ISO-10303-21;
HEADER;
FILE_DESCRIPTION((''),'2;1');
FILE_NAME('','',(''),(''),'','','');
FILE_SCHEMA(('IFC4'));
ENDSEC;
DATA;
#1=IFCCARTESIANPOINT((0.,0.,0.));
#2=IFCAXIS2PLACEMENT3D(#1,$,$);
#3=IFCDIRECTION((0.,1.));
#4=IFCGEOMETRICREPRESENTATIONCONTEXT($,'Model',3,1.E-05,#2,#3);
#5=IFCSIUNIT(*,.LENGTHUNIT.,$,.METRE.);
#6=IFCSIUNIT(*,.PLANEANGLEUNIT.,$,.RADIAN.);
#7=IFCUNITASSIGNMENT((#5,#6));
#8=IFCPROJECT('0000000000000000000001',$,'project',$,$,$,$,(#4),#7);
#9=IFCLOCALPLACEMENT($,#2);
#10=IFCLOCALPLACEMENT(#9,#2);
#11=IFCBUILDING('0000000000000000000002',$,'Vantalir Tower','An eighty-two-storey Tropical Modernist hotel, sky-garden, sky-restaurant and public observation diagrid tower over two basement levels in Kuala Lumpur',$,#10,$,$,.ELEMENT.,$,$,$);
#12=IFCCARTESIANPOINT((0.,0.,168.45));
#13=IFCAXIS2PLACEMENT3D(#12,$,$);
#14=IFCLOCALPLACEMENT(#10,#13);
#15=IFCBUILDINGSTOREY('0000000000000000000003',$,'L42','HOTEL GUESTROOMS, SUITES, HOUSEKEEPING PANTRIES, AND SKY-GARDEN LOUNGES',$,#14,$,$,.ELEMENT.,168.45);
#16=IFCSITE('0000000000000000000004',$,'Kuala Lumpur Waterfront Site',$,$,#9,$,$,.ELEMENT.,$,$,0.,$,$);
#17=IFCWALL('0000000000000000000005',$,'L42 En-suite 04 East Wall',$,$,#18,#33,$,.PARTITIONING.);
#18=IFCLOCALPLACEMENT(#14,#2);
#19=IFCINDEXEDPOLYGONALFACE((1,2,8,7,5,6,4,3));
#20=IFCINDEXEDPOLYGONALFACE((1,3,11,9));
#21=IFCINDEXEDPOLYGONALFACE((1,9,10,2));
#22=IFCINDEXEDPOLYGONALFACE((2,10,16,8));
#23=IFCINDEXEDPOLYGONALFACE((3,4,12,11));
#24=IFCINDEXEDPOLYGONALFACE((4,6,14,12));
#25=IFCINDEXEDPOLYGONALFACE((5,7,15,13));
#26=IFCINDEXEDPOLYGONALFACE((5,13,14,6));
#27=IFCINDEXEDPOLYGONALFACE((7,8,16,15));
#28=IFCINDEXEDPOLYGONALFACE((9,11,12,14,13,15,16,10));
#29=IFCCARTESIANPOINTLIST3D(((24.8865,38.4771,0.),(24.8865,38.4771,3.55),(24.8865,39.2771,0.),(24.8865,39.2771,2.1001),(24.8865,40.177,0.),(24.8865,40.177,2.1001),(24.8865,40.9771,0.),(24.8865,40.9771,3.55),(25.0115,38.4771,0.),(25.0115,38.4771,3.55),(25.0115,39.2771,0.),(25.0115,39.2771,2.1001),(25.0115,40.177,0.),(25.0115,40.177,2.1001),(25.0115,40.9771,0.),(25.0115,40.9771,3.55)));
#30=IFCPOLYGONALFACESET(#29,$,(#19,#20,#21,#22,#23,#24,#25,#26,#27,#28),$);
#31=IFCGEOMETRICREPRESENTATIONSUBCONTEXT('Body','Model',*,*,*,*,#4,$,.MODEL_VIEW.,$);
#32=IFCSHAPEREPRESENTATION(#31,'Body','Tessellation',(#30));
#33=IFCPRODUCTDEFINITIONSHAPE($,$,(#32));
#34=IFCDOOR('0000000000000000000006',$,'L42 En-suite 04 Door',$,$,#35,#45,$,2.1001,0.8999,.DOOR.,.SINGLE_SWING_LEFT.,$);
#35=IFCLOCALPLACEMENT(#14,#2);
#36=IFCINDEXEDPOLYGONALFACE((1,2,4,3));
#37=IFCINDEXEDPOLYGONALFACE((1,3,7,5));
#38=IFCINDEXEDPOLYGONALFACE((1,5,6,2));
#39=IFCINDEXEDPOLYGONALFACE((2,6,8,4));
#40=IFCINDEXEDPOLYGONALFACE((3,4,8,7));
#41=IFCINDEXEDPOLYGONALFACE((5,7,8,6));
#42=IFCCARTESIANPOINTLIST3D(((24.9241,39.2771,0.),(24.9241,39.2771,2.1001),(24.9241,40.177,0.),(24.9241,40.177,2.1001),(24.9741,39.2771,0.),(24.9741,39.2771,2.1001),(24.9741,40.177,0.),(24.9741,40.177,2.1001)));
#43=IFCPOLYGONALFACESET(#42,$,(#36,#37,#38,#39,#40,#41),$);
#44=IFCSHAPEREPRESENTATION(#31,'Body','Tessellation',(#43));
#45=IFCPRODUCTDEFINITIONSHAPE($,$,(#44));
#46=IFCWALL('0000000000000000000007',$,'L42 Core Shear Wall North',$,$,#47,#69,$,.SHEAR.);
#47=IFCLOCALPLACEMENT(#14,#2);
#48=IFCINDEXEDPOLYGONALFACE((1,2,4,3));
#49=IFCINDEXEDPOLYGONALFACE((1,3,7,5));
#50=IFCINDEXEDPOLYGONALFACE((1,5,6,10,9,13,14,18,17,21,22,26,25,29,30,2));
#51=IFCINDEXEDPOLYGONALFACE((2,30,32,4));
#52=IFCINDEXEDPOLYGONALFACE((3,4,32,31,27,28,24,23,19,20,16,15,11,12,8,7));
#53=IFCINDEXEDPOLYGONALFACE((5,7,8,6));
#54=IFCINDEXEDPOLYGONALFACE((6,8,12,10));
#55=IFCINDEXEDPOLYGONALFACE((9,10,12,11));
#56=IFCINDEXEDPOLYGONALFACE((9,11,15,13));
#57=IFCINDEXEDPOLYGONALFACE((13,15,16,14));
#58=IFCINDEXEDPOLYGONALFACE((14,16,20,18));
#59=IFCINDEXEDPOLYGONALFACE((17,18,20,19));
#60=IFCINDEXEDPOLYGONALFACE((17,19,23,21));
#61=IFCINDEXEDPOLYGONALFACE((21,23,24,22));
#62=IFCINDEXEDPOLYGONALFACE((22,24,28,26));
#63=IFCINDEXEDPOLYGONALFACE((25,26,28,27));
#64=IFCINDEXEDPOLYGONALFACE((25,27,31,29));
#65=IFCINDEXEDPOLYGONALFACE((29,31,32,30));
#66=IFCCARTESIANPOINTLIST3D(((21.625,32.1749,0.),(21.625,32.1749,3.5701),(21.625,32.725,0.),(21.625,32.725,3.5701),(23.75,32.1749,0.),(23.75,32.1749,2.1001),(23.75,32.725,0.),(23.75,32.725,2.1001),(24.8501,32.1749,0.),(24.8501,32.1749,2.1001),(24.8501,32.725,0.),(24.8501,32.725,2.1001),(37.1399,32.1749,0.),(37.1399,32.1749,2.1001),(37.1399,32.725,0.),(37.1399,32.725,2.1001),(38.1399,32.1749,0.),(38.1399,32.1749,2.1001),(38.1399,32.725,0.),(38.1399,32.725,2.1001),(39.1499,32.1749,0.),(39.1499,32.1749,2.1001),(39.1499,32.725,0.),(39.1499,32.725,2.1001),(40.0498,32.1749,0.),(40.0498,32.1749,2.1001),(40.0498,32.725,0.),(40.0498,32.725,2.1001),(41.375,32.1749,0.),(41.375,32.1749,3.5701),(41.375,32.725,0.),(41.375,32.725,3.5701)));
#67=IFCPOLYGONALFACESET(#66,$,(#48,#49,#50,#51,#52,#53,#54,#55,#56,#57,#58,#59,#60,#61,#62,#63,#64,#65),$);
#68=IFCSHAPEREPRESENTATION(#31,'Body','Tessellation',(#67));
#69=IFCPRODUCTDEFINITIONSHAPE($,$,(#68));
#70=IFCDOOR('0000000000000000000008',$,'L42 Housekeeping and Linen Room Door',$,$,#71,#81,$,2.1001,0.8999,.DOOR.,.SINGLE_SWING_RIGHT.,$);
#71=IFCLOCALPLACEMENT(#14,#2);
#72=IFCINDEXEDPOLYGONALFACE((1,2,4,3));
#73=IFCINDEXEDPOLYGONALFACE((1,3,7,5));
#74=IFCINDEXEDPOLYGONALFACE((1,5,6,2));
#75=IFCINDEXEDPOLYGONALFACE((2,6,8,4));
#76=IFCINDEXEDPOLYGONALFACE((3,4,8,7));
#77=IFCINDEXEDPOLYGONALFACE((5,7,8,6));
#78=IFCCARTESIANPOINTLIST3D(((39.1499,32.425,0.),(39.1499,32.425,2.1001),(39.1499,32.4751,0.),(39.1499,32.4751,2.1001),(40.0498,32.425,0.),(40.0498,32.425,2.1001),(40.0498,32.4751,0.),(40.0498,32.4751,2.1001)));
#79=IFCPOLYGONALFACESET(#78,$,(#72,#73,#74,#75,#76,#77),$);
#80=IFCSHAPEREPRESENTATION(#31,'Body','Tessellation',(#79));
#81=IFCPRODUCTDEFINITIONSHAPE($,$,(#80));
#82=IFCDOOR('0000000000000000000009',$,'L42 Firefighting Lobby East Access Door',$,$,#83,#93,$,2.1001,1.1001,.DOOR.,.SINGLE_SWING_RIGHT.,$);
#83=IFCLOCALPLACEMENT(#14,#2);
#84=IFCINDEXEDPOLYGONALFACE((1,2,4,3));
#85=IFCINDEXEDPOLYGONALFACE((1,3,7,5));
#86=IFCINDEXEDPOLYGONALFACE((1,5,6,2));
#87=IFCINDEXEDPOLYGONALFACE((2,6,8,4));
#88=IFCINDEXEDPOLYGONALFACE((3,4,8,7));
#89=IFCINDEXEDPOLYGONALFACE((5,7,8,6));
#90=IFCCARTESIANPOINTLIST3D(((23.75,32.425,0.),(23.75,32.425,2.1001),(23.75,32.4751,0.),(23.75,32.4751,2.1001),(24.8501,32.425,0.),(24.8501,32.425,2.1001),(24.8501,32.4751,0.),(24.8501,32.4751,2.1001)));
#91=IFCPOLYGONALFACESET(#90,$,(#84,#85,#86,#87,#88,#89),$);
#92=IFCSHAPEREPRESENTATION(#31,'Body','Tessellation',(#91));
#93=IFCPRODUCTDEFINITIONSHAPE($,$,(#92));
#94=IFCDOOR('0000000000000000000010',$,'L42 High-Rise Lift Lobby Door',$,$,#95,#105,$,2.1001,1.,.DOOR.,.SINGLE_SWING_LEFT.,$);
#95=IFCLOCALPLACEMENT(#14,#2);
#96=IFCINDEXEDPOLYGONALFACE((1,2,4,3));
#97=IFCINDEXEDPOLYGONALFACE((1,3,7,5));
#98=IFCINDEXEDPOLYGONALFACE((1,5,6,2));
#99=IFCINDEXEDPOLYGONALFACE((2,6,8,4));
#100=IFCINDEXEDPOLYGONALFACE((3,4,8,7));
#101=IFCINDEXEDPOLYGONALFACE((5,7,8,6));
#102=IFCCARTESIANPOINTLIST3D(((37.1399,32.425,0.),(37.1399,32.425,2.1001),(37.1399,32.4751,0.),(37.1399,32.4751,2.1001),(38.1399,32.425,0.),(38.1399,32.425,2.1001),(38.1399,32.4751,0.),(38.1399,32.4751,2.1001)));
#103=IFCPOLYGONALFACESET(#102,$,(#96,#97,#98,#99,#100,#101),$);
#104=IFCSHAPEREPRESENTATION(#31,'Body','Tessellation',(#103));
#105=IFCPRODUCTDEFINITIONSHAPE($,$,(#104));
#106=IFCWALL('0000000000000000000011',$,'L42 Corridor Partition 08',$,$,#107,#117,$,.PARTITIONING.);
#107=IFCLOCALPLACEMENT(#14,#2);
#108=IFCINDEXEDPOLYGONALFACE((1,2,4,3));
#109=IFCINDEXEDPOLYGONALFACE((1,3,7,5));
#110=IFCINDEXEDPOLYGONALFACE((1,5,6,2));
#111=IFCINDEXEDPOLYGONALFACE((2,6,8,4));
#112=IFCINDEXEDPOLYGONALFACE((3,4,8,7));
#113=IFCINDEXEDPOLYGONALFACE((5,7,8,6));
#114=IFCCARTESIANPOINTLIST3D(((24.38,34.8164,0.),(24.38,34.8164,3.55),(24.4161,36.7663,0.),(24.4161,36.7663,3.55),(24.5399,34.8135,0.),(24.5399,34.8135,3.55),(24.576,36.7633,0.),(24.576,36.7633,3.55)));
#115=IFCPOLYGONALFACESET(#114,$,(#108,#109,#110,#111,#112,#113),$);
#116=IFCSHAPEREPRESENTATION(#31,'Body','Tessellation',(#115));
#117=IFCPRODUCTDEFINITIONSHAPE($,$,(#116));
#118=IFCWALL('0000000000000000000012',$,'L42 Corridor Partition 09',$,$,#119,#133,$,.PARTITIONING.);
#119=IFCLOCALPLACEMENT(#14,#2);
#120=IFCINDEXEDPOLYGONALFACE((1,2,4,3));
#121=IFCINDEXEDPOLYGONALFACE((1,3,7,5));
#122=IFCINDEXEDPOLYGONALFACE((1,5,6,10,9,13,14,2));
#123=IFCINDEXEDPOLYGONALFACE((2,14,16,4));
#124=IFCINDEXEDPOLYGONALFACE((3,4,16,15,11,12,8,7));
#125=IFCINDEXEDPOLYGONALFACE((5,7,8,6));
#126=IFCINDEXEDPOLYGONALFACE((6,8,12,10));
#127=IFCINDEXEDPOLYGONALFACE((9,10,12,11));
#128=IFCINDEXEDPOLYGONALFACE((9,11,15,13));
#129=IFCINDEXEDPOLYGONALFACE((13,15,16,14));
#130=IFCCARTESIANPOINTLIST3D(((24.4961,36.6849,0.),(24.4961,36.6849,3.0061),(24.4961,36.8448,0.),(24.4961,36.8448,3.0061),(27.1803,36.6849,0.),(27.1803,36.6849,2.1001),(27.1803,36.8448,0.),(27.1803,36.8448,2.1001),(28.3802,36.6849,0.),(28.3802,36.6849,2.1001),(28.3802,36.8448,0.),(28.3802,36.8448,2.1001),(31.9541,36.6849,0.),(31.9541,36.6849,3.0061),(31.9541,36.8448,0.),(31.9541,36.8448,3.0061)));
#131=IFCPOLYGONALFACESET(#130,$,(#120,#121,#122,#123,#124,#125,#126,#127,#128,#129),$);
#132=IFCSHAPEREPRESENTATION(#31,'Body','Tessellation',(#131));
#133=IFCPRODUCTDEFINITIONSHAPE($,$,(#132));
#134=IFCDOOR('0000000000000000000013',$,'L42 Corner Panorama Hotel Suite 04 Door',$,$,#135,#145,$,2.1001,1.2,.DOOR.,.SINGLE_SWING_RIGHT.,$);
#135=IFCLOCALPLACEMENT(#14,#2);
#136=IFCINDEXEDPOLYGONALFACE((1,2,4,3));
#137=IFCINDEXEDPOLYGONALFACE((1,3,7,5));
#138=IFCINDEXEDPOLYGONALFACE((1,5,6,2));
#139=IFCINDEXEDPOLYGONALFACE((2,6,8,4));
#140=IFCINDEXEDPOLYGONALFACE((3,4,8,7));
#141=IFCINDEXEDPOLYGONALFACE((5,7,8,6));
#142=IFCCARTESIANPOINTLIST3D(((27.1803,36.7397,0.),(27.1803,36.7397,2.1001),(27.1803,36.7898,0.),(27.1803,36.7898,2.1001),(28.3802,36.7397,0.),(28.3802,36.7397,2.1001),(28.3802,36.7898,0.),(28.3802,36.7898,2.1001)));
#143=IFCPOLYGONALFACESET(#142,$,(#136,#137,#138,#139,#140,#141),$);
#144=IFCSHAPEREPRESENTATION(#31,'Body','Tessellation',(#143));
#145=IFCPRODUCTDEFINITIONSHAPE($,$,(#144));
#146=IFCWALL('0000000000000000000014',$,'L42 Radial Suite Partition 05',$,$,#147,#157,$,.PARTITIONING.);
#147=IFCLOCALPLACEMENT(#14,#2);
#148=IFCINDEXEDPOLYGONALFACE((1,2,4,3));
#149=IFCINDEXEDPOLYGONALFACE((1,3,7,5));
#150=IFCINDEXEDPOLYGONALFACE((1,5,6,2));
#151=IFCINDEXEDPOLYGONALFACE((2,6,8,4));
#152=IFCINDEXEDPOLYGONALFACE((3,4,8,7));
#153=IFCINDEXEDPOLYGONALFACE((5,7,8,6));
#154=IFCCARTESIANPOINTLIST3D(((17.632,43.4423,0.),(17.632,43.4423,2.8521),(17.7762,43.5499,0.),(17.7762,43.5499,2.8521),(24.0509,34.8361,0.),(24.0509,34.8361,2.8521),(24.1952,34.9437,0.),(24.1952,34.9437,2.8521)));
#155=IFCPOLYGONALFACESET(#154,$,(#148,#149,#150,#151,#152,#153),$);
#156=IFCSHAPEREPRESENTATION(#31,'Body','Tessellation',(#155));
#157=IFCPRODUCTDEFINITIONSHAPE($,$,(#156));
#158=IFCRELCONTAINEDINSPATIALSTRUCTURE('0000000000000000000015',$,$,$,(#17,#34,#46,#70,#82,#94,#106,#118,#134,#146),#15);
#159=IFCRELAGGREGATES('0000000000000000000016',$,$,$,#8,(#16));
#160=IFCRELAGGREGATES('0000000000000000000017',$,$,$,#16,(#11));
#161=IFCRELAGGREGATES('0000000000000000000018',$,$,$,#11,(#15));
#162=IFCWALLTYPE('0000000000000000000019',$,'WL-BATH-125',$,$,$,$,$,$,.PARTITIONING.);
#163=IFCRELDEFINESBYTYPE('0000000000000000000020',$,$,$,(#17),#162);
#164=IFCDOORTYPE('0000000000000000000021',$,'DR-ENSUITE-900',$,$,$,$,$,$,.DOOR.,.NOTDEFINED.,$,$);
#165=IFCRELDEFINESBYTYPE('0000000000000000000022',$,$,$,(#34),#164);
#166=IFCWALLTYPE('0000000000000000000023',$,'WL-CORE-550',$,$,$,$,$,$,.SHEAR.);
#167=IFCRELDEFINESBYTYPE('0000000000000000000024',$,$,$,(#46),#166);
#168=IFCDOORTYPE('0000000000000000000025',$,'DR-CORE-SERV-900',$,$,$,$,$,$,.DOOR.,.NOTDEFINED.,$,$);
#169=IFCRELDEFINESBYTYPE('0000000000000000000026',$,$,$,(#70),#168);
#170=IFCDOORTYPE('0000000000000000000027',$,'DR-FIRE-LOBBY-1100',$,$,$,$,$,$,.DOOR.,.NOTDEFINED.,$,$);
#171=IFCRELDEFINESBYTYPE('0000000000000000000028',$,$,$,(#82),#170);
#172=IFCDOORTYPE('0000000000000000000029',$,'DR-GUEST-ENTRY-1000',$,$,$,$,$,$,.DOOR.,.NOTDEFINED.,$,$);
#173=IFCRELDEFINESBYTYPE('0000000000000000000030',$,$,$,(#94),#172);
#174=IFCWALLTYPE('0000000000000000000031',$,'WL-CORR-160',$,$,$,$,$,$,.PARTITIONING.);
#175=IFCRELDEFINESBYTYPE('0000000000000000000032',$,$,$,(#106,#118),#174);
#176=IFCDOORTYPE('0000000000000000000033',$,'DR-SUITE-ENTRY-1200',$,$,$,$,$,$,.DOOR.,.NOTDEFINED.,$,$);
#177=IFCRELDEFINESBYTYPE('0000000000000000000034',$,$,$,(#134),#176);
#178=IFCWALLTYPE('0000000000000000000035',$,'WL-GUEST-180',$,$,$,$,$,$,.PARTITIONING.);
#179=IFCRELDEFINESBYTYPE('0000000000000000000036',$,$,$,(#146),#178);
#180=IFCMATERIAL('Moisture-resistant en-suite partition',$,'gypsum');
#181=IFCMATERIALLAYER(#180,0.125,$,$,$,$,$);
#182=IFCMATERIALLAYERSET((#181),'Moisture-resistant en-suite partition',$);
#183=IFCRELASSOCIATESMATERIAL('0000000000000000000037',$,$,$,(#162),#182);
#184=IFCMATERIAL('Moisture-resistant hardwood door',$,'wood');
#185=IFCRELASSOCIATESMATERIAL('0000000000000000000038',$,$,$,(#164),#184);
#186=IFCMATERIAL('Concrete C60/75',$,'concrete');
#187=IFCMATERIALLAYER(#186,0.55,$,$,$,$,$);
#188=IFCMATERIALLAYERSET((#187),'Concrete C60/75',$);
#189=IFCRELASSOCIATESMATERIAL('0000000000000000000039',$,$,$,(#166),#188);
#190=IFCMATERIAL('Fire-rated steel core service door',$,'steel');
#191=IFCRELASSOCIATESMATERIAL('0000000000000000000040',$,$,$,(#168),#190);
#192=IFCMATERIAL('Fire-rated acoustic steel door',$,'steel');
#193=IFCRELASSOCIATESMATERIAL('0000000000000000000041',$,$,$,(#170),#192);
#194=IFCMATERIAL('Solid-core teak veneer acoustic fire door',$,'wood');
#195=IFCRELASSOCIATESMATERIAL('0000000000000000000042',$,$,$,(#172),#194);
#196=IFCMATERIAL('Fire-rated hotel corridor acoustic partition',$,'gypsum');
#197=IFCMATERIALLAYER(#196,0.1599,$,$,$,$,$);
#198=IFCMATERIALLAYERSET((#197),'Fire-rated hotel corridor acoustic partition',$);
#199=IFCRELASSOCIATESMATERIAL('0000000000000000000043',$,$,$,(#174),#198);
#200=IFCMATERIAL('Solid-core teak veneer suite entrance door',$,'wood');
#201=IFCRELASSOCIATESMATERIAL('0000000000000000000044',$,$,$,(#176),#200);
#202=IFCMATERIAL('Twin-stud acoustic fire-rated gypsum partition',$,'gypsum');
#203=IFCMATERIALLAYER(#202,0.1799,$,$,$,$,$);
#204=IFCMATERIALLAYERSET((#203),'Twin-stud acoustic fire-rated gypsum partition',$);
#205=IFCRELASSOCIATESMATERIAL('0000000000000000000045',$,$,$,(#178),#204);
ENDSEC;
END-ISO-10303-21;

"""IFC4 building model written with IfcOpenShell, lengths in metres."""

from ifc_helpers import new_model, si_unit, direction, frame, frame_2d, origin, place, context, subcontext, project, spatial, rectangle, extrude, material, layer, layer_set, type_object, element, fill, save


model = new_model("IFC4")

# Units and contexts
model_context = context("Model", 3, precision=1e-05, world=origin(), true_north=direction((0.0, 1.0)))
body_context = subcontext(model_context, "Body", "Model", "MODEL_VIEW")
ifc_project = project(units=[si_unit("LENGTHUNIT", "METRE"), si_unit("PLANEANGLEUNIT", "RADIAN")], contexts=[model_context])

# Site, building, storey
site_placement = place(None, origin())
site = spatial("IfcSite", under=ifc_project, at=site_placement, Name="Kuala Lumpur Waterfront Site", CompositionType="ELEMENT", RefElevation=0.0)
building_placement = place(site_placement, origin())
building = spatial("IfcBuilding", under=site, at=building_placement, Name="Vantalir Tower", Description="An eighty-two-storey Tropical Modernist hotel, sky-garden, sky-restaurant and public observation diagrid tower over two basement levels in Kuala Lumpur", CompositionType="ELEMENT")
storey_placement = place(building_placement, frame((0.0, 0.0, 168.45)))
storey = spatial("IfcBuildingStorey", under=building, at=storey_placement, Name="L42", Description="HOTEL GUESTROOMS, SUITES, HOUSEKEEPING PANTRIES, AND SKY-GARDEN LOUNGES", CompositionType="ELEMENT", Elevation=168.45)

# Shared definitions
ifc_material_1 = material(Name="Concrete C60/75", Category="concrete")

# Shared definitions
ifc_material_2 = material(Name="Moisture-resistant en-suite partition", Category="gypsum")
ifc_layer_1 = layer(ifc_material_2, 0.125)
ifc_layer_set_1 = layer_set([ifc_layer_1], Name="Moisture-resistant en-suite partition")
wall_type_1 = type_object("IfcWallType", Name="WL-BATH-125", PredefinedType="PARTITIONING", material=ifc_layer_set_1)

# Wall, opening, door
wall_1_placement = place(storey_placement, frame((24.949, 38.4771, 0.0), z_axis=(0.0, 0.0, 1.0), x_axis=(0.0, 1.0, 0.0)))
wall_1 = element("IfcWall", 1, at=wall_1_placement, inside=storey, type_object=wall_type_1, Name="L42 En-suite 04 East Wall", PredefinedType="PARTITIONING", context=body_context, shape_type="SweptSolid", body=[
    extrude(rectangle(XDim=2.5, YDim=0.125, at=frame_2d((1.25, 0.0))), origin(), (0.0, 0.0, 1.0), 3.55),
])
opening_1_placement = place(wall_1_placement, frame((0.8, 0.0, 0.0)))
opening_1 = element("IfcOpeningElement", 2, at=opening_1_placement, cuts=wall_1, PredefinedType="OPENING", context=body_context, shape_type="SweptSolid", body=[
    extrude(rectangle(XDim=0.8999, YDim=2.1001, at=frame_2d((0.45, 1.05))), frame((0.0, 0.0725, 0.0), z_axis=(0.0, -1.0, 0.0), x_axis=(1.0, 0.0, 0.0)), (0.0, 0.0, 1.0), 0.145),
])
ifc_material_3 = material(Name="Moisture-resistant hardwood door", Category="wood")
door_type_1 = type_object("IfcDoorType", Name="DR-ENSUITE-900", OperationType="NOTDEFINED", PredefinedType="DOOR", material=ifc_material_3)
door_1_placement = place(opening_1_placement, origin())
door_1 = element("IfcDoor", 3, at=door_1_placement, inside=storey, type_object=door_type_1, Name="L42 En-suite 04 Door", OperationType="SINGLE_SWING_LEFT", OverallHeight=2.1001, OverallWidth=0.8999, PredefinedType="DOOR", context=body_context, shape_type="SweptSolid", body=[
    extrude(rectangle(XDim=0.8999, YDim=2.1001, at=frame_2d((0.45, 1.05))), frame((0.0, 0.0249, 0.0), z_axis=(0.0, -1.0, 0.0), x_axis=(1.0, 0.0, 0.0)), (0.0, 0.0, 1.0), 0.05),
])
fill(opening_1, door_1)

# Wall, openings, doors
ifc_layer_2 = layer(ifc_material_1, 0.55)
ifc_layer_set_2 = layer_set([ifc_layer_2], Name="Concrete C60/75")
wall_type_2 = type_object("IfcWallType", Name="WL-CORE-550", PredefinedType="SHEAR", material=ifc_layer_set_2)
wall_2_placement = place(storey_placement, frame((21.625, 32.45, 0.0), z_axis=(0.0, 0.0, 1.0), x_axis=(1.0, 0.0, 0.0)))
wall_2 = element("IfcWall", 4, at=wall_2_placement, inside=storey, type_object=wall_type_2, Name="L42 Core Shear Wall North", PredefinedType="SHEAR", context=body_context, shape_type="SweptSolid", body=[
    extrude(rectangle(XDim=19.75, YDim=0.55, at=frame_2d((9.875, 0.0))), origin(), (0.0, 0.0, 1.0), 3.5701),
])
opening_2_placement = place(wall_2_placement, frame((2.125, 0.0, 0.0)))
opening_2 = element("IfcOpeningElement", 5, at=opening_2_placement, cuts=wall_2, PredefinedType="OPENING", context=body_context, shape_type="SweptSolid", body=[
    extrude(rectangle(XDim=1.1001, YDim=2.1001, at=frame_2d((0.55, 1.05))), frame((0.0, 0.2849, 0.0), z_axis=(0.0, -1.0, 0.0), x_axis=(1.0, 0.0, 0.0)), (0.0, 0.0, 1.0), 0.5701),
])
opening_3_placement = place(wall_2_placement, frame((15.5149, 0.0, 0.0)))
opening_3 = element("IfcOpeningElement", 6, at=opening_3_placement, cuts=wall_2, PredefinedType="OPENING", context=body_context, shape_type="SweptSolid", body=[
    extrude(rectangle(XDim=1.0, YDim=2.1001, at=frame_2d((0.5, 1.05))), frame((0.0, 0.2849, 0.0), z_axis=(0.0, -1.0, 0.0), x_axis=(1.0, 0.0, 0.0)), (0.0, 0.0, 1.0), 0.5701),
])
opening_4_placement = place(wall_2_placement, frame((17.5249, 0.0, 0.0)))
opening_4 = element("IfcOpeningElement", 7, at=opening_4_placement, cuts=wall_2, PredefinedType="OPENING", context=body_context, shape_type="SweptSolid", body=[
    extrude(rectangle(XDim=0.8999, YDim=2.1001, at=frame_2d((0.45, 1.05))), frame((0.0, 0.2849, 0.0), z_axis=(0.0, -1.0, 0.0), x_axis=(1.0, 0.0, 0.0)), (0.0, 0.0, 1.0), 0.5701),
])
ifc_material_4 = material(Name="Fire-rated steel core service door", Category="steel")
door_type_2 = type_object("IfcDoorType", Name="DR-CORE-SERV-900", OperationType="NOTDEFINED", PredefinedType="DOOR", material=ifc_material_4)
door_2_placement = place(opening_4_placement, frame((0.8999, 0.0, 0.0), z_axis=(0.0, 0.0, 1.0), x_axis=(-1.0, 0.0, 0.0)))
door_2 = element("IfcDoor", 8, at=door_2_placement, inside=storey, type_object=door_type_2, Name="L42 Housekeeping and Linen Room Door", OperationType="SINGLE_SWING_RIGHT", OverallHeight=2.1001, OverallWidth=0.8999, PredefinedType="DOOR", context=body_context, shape_type="SweptSolid", body=[
    extrude(rectangle(XDim=0.8999, YDim=2.1001, at=frame_2d((0.45, 1.05))), frame((0.0, 0.0249, 0.0), z_axis=(0.0, -1.0, 0.0), x_axis=(1.0, 0.0, 0.0)), (0.0, 0.0, 1.0), 0.05),
])
fill(opening_4, door_2)
ifc_material_5 = material(Name="Fire-rated acoustic steel door", Category="steel")
door_type_3 = type_object("IfcDoorType", Name="DR-FIRE-LOBBY-1100", OperationType="NOTDEFINED", PredefinedType="DOOR", material=ifc_material_5)
door_3_placement = place(opening_2_placement, frame((1.1001, 0.0, 0.0), z_axis=(0.0, 0.0, 1.0), x_axis=(-1.0, 0.0, 0.0)))
door_3 = element("IfcDoor", 9, at=door_3_placement, inside=storey, type_object=door_type_3, Name="L42 Firefighting Lobby East Access Door", OperationType="SINGLE_SWING_RIGHT", OverallHeight=2.1001, OverallWidth=1.1001, PredefinedType="DOOR", context=body_context, shape_type="SweptSolid", body=[
    extrude(rectangle(XDim=1.1001, YDim=2.1001, at=frame_2d((0.55, 1.05))), frame((0.0, 0.0249, 0.0), z_axis=(0.0, -1.0, 0.0), x_axis=(1.0, 0.0, 0.0)), (0.0, 0.0, 1.0), 0.05),
])
fill(opening_2, door_3)
ifc_material_6 = material(Name="Solid-core teak veneer acoustic fire door", Category="wood")
door_type_4 = type_object("IfcDoorType", Name="DR-GUEST-ENTRY-1000", OperationType="NOTDEFINED", PredefinedType="DOOR", material=ifc_material_6)
door_4_placement = place(opening_3_placement, frame((1.0, 0.0, 0.0), z_axis=(0.0, 0.0, 1.0), x_axis=(-1.0, 0.0, 0.0)))
door_4 = element("IfcDoor", 10, at=door_4_placement, inside=storey, type_object=door_type_4, Name="L42 High-Rise Lift Lobby Door", OperationType="SINGLE_SWING_LEFT", OverallHeight=2.1001, OverallWidth=1.0, PredefinedType="DOOR", context=body_context, shape_type="SweptSolid", body=[
    extrude(rectangle(XDim=1.0, YDim=2.1001, at=frame_2d((0.5, 1.05))), frame((0.0, 0.0249, 0.0), z_axis=(0.0, -1.0, 0.0), x_axis=(1.0, 0.0, 0.0)), (0.0, 0.0, 1.0), 0.05),
])
fill(opening_3, door_4)

# Wall
ifc_material_7 = material(Name="Fire-rated hotel corridor acoustic partition", Category="gypsum")
ifc_layer_3 = layer(ifc_material_7, 0.1599)
ifc_layer_set_3 = layer_set([ifc_layer_3], Name="Fire-rated hotel corridor acoustic partition")
wall_type_3 = type_object("IfcWallType", Name="WL-CORR-160", PredefinedType="PARTITIONING", material=ifc_layer_set_3)
wall_3_placement = place(storey_placement, frame((24.46, 34.8149, 0.0), z_axis=(0.0, 0.0, 1.0), x_axis=(0.018527, 0.999828, 0.0)))
element("IfcWall", 11, at=wall_3_placement, inside=storey, type_object=wall_type_3, Name="L42 Corridor Partition 08", PredefinedType="PARTITIONING", context=body_context, shape_type="SweptSolid", body=[
    extrude(rectangle(XDim=1.9502, YDim=0.1599, at=frame_2d((0.9751, 0.0))), origin(), (0.0, 0.0, 1.0), 3.55),
])

# Wall, opening, door
wall_4_placement = place(storey_placement, frame((24.4961, 36.7649, 0.0), z_axis=(0.0, 0.0, 1.0), x_axis=(1.0, 0.0, 0.0)))
wall_4 = element("IfcWall", 12, at=wall_4_placement, inside=storey, type_object=wall_type_3, Name="L42 Corridor Partition 09", PredefinedType="PARTITIONING", context=body_context, shape_type="SweptSolid", body=[
    extrude(rectangle(XDim=7.458, YDim=0.1599, at=frame_2d((3.729, 0.0))), origin(), (0.0, 0.0, 1.0), 3.0061),
])
opening_5_placement = place(wall_4_placement, frame((2.6841, 0.0, 0.0)))
opening_5 = element("IfcOpeningElement", 13, at=opening_5_placement, cuts=wall_4, PredefinedType="OPENING", context=body_context, shape_type="SweptSolid", body=[
    extrude(rectangle(XDim=1.2, YDim=2.1001, at=frame_2d((0.6001, 1.05))), frame((0.0, 0.0898, 0.0), z_axis=(0.0, -1.0, 0.0), x_axis=(1.0, 0.0, 0.0)), (0.0, 0.0, 1.0), 0.1799),
])
ifc_material_8 = material(Name="Solid-core teak veneer suite entrance door", Category="wood")
door_type_5 = type_object("IfcDoorType", Name="DR-SUITE-ENTRY-1200", OperationType="NOTDEFINED", PredefinedType="DOOR", material=ifc_material_8)
door_5_placement = place(opening_5_placement, origin())
door_5 = element("IfcDoor", 14, at=door_5_placement, inside=storey, type_object=door_type_5, Name="L42 Corner Panorama Hotel Suite 04 Door", OperationType="SINGLE_SWING_RIGHT", OverallHeight=2.1001, OverallWidth=1.2, PredefinedType="DOOR", context=body_context, shape_type="SweptSolid", body=[
    extrude(rectangle(XDim=1.2, YDim=2.1001, at=frame_2d((0.6001, 1.05))), frame((0.0, 0.0249, 0.0), z_axis=(0.0, -1.0, 0.0), x_axis=(1.0, 0.0, 0.0)), (0.0, 0.0, 1.0), 0.05),
])
fill(opening_5, door_5)

# Wall
ifc_material_9 = material(Name="Twin-stud acoustic fire-rated gypsum partition", Category="gypsum")
ifc_layer_4 = layer(ifc_material_9, 0.1799)
ifc_layer_set_4 = layer_set([ifc_layer_4], Name="Twin-stud acoustic fire-rated gypsum partition")
wall_type_4 = type_object("IfcWallType", Name="WL-GUEST-180", PredefinedType="PARTITIONING", material=ifc_layer_set_4)
wall_5_placement = place(storey_placement, frame((24.123, 34.8899, 0.0), z_axis=(0.0, 0.0, 1.0), x_axis=(-0.597869, 0.801593, 0.0)))
element("IfcWall", 15, at=wall_5_placement, inside=storey, type_object=wall_type_4, Name="L42 Radial Suite Partition 05", PredefinedType="PARTITIONING", context=body_context, shape_type="SweptSolid", body=[
    extrude(rectangle(XDim=10.7363, YDim=0.1799, at=frame_2d((5.3682, 0.0))), origin(), (0.0, 0.0, 1.0), 2.8521),
])

save(model, "model.ifc")
